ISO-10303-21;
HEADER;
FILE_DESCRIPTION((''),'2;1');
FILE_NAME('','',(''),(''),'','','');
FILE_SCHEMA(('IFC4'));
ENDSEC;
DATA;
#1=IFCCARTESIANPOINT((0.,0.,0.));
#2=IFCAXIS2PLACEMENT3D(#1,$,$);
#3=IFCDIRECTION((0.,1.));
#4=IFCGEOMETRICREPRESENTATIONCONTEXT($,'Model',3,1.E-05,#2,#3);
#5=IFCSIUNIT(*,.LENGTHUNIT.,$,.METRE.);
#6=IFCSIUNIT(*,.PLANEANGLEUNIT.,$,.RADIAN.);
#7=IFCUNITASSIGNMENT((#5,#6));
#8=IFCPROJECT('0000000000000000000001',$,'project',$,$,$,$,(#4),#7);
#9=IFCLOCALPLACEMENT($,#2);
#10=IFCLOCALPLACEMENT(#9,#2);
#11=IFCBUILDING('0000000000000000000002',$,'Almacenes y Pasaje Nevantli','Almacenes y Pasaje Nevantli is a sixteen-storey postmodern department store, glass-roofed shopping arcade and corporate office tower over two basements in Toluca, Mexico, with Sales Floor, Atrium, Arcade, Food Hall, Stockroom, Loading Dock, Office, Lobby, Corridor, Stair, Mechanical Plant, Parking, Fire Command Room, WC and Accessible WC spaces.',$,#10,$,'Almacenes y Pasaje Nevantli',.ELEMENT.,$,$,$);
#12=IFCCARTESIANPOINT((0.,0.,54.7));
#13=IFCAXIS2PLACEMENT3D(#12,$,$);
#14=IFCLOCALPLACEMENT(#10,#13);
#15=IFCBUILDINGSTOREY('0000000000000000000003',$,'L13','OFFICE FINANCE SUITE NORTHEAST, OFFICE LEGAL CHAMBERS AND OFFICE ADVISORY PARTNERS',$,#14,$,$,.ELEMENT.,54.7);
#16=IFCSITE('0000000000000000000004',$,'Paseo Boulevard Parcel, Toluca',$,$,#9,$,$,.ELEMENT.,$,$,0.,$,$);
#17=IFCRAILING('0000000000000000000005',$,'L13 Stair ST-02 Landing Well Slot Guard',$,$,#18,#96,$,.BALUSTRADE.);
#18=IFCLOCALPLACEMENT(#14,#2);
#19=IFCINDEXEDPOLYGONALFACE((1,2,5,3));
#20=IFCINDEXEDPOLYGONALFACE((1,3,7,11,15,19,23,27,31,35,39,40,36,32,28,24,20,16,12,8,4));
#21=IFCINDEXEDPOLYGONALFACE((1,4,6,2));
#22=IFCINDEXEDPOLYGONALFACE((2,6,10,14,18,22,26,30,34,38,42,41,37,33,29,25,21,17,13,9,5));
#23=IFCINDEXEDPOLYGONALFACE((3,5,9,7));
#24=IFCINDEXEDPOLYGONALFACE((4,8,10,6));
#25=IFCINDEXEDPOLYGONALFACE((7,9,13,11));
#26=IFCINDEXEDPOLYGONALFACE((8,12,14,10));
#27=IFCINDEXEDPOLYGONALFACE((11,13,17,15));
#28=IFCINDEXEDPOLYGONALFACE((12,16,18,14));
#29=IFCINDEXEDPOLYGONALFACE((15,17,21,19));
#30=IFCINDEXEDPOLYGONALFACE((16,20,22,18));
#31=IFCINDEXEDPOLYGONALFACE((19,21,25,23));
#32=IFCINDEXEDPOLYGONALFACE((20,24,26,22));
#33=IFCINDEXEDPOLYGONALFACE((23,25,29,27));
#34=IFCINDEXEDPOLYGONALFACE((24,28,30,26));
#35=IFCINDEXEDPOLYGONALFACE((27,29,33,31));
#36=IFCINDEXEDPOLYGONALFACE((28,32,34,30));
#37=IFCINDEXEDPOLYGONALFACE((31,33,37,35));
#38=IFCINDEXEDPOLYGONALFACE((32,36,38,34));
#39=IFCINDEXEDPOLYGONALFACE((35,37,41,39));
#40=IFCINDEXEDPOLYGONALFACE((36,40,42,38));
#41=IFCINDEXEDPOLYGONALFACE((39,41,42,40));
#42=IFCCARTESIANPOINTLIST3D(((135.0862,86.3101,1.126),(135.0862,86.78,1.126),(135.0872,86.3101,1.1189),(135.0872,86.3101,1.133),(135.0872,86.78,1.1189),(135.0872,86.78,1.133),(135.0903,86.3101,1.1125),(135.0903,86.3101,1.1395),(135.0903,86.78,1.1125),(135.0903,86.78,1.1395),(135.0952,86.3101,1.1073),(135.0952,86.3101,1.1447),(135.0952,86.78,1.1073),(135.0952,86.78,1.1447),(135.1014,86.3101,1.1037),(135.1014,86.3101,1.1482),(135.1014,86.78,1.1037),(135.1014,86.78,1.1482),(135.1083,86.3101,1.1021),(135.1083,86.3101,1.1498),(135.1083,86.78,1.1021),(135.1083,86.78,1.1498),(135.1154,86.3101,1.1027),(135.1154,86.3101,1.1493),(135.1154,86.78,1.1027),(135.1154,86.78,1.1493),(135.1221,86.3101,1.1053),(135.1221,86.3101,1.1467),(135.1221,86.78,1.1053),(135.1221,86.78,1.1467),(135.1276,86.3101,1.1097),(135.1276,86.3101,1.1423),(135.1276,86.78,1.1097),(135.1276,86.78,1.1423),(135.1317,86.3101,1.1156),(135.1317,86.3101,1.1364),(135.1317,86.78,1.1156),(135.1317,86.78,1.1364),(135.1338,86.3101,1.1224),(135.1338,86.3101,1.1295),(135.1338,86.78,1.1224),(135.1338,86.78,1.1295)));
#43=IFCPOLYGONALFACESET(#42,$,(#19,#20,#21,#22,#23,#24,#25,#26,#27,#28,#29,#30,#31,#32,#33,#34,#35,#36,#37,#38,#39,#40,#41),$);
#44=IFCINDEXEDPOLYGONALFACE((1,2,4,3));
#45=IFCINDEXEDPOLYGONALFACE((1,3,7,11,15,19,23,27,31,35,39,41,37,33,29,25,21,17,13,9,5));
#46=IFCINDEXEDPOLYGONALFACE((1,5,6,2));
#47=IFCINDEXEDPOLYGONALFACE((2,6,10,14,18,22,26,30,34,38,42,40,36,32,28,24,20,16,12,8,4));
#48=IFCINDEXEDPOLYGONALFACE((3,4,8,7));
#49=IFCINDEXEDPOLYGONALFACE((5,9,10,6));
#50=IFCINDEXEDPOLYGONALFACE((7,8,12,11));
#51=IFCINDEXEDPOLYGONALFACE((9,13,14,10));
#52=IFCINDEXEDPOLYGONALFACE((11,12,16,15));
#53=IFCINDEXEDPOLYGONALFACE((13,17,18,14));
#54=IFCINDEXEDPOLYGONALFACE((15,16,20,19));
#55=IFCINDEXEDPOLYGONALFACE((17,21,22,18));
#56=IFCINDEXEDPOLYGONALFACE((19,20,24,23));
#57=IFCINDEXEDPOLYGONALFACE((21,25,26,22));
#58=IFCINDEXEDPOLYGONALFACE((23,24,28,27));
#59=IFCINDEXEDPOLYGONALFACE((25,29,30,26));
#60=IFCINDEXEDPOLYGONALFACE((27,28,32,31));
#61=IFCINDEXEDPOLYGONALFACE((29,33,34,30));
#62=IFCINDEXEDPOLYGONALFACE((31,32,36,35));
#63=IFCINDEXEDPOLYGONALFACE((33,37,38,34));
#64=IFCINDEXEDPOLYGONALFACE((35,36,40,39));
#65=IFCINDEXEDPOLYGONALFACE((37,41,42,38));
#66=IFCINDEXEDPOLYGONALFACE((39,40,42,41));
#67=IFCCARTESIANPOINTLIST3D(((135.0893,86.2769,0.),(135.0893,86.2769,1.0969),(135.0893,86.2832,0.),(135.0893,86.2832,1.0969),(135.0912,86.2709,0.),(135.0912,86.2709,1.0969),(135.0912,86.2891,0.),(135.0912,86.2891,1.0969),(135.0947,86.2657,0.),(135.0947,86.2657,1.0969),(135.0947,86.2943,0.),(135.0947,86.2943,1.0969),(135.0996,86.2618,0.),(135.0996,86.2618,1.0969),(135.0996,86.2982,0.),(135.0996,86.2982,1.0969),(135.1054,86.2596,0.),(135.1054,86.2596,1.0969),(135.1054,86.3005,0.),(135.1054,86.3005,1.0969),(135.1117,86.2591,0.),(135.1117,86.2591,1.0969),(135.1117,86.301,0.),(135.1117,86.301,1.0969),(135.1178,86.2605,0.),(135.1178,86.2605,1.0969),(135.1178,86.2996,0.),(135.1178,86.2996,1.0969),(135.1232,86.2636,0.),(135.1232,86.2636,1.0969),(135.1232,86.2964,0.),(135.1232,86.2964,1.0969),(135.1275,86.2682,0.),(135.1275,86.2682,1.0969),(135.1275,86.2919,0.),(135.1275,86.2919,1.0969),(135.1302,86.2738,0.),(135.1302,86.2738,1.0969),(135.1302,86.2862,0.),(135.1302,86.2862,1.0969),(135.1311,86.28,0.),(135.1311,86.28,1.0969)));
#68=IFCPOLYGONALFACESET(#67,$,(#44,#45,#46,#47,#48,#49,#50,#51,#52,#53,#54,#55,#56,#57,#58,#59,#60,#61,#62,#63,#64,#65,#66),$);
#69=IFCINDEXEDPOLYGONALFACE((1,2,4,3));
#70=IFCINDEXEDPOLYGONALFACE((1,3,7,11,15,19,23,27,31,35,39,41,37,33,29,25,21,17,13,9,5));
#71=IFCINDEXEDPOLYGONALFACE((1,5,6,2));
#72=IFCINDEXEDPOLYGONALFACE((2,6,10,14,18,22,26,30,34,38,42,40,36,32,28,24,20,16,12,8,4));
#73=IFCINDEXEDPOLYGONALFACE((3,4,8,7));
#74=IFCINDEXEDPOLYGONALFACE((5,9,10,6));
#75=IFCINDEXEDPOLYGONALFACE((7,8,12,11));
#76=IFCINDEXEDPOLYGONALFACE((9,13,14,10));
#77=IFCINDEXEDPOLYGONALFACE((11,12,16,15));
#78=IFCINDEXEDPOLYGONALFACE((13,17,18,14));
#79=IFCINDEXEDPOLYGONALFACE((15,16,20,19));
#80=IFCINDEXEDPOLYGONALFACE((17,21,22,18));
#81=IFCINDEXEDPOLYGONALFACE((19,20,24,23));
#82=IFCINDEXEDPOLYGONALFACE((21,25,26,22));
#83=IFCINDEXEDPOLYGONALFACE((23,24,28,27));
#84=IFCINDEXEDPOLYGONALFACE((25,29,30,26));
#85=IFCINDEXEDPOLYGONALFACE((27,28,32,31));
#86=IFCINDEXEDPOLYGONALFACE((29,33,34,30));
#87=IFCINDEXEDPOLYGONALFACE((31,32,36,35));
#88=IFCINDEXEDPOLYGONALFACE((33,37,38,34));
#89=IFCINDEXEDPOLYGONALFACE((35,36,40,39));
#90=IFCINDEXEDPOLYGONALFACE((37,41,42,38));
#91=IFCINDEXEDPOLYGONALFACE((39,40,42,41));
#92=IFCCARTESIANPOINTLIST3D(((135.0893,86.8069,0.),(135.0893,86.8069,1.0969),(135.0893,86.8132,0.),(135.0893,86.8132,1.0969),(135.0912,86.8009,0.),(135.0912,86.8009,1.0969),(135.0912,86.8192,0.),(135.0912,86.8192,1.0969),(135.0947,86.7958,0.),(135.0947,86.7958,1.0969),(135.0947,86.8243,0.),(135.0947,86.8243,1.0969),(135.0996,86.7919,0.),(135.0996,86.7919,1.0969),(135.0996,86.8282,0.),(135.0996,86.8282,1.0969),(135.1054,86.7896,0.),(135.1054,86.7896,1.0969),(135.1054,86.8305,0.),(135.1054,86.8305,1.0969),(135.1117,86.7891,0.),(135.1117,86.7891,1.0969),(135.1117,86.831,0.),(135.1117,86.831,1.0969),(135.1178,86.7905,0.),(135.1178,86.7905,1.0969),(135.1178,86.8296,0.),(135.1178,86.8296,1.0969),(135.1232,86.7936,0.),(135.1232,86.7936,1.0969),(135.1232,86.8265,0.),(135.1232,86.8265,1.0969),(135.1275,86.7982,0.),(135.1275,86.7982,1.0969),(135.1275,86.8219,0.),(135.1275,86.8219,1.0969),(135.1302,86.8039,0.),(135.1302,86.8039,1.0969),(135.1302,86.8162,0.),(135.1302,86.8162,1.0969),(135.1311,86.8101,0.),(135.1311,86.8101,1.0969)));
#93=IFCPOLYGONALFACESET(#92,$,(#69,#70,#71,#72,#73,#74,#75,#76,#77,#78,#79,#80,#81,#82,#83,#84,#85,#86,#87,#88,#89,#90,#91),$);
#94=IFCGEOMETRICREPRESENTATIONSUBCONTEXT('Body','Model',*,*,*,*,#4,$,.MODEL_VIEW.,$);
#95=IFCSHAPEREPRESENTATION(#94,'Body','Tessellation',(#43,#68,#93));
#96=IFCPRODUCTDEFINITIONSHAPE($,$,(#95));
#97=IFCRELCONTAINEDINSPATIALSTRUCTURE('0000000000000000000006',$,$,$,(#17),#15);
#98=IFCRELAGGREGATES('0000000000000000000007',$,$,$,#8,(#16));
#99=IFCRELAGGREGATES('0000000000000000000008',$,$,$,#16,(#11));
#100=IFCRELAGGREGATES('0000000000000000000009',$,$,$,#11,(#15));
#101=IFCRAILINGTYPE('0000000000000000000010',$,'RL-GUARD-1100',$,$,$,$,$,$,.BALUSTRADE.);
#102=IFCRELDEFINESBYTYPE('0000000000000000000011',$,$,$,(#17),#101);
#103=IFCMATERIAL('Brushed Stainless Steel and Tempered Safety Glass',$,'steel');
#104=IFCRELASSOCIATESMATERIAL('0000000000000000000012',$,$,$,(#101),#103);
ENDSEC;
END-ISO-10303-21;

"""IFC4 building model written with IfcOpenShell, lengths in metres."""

from ifc_helpers import new_model, si_unit, direction, frame, origin, origin_2d, place, context, subcontext, project, spatial, circle, extrude, material, type_object, element, save


model = new_model("IFC4")

# Units and contexts
model_context = context("Model", 3, precision=1e-05, world=origin(), true_north=direction((0.0, 1.0)))
body_context = subcontext(model_context, "Body", "Model", "MODEL_VIEW")
ifc_project = project(units=[si_unit("LENGTHUNIT", "METRE"), si_unit("PLANEANGLEUNIT", "RADIAN")], contexts=[model_context])

# Site, building, storey
site_placement = place(None, origin())
site = spatial("IfcSite", under=ifc_project, at=site_placement, Name="Paseo Boulevard Parcel, Toluca", CompositionType="ELEMENT", RefElevation=0.0)
building_placement = place(site_placement, origin())
building = spatial("IfcBuilding", under=site, at=building_placement, Name="Almacenes y Pasaje Nevantli", Description="Almacenes y Pasaje Nevantli is a sixteen-storey postmodern department store, glass-roofed shopping arcade and corporate office tower over two basements in Toluca, Mexico, with Sales Floor, Atrium, Arcade, Food Hall, Stockroom, Loading Dock, Office, Lobby, Corridor, Stair, Mechanical Plant, Parking, Fire Command Room, WC and Accessible WC spaces.", LongName="Almacenes y Pasaje Nevantli", CompositionType="ELEMENT")
storey_placement = place(building_placement, frame((0.0, 0.0, 54.7)))
storey = spatial("IfcBuildingStorey", under=building, at=storey_placement, Name="L13", Description="OFFICE FINANCE SUITE NORTHEAST, OFFICE LEGAL CHAMBERS AND OFFICE ADVISORY PARTNERS", CompositionType="ELEMENT", Elevation=54.7)

# Railing
ifc_material_1 = material(Name="Brushed Stainless Steel and Tempered Safety Glass", Category="steel")
railing_type_1 = type_object("IfcRailingType", Name="RL-GUARD-1100", PredefinedType="BALUSTRADE", material=ifc_material_1)
railing_1_placement = place(storey_placement, frame((135.1101, 86.28, 0.0)))
element("IfcRailing", 1, at=railing_1_placement, inside=storey, type_object=railing_type_1, Name="L13 Stair ST-02 Landing Well Slot Guard", PredefinedType="BALUSTRADE", context=body_context, shape_type="SweptSolid", body=[
    extrude(circle(Radius=0.0239, at=origin_2d()), frame((0.0, 0.03, 1.126), z_axis=(0.0, 1.0, 0.0), x_axis=(-1.0, 0.0, 0.0)), (0.0, 0.0, 1.0), 0.47),
    extrude(circle(Radius=0.021, at=origin_2d()), origin(), (0.0, 0.0, 1.0), 1.0969),
    extrude(circle(Radius=0.021, at=origin_2d()), frame((0.0, 0.53, 0.0)), (0.0, 0.0, 1.0), 1.0969),
])

save(model, "model.ifc")
